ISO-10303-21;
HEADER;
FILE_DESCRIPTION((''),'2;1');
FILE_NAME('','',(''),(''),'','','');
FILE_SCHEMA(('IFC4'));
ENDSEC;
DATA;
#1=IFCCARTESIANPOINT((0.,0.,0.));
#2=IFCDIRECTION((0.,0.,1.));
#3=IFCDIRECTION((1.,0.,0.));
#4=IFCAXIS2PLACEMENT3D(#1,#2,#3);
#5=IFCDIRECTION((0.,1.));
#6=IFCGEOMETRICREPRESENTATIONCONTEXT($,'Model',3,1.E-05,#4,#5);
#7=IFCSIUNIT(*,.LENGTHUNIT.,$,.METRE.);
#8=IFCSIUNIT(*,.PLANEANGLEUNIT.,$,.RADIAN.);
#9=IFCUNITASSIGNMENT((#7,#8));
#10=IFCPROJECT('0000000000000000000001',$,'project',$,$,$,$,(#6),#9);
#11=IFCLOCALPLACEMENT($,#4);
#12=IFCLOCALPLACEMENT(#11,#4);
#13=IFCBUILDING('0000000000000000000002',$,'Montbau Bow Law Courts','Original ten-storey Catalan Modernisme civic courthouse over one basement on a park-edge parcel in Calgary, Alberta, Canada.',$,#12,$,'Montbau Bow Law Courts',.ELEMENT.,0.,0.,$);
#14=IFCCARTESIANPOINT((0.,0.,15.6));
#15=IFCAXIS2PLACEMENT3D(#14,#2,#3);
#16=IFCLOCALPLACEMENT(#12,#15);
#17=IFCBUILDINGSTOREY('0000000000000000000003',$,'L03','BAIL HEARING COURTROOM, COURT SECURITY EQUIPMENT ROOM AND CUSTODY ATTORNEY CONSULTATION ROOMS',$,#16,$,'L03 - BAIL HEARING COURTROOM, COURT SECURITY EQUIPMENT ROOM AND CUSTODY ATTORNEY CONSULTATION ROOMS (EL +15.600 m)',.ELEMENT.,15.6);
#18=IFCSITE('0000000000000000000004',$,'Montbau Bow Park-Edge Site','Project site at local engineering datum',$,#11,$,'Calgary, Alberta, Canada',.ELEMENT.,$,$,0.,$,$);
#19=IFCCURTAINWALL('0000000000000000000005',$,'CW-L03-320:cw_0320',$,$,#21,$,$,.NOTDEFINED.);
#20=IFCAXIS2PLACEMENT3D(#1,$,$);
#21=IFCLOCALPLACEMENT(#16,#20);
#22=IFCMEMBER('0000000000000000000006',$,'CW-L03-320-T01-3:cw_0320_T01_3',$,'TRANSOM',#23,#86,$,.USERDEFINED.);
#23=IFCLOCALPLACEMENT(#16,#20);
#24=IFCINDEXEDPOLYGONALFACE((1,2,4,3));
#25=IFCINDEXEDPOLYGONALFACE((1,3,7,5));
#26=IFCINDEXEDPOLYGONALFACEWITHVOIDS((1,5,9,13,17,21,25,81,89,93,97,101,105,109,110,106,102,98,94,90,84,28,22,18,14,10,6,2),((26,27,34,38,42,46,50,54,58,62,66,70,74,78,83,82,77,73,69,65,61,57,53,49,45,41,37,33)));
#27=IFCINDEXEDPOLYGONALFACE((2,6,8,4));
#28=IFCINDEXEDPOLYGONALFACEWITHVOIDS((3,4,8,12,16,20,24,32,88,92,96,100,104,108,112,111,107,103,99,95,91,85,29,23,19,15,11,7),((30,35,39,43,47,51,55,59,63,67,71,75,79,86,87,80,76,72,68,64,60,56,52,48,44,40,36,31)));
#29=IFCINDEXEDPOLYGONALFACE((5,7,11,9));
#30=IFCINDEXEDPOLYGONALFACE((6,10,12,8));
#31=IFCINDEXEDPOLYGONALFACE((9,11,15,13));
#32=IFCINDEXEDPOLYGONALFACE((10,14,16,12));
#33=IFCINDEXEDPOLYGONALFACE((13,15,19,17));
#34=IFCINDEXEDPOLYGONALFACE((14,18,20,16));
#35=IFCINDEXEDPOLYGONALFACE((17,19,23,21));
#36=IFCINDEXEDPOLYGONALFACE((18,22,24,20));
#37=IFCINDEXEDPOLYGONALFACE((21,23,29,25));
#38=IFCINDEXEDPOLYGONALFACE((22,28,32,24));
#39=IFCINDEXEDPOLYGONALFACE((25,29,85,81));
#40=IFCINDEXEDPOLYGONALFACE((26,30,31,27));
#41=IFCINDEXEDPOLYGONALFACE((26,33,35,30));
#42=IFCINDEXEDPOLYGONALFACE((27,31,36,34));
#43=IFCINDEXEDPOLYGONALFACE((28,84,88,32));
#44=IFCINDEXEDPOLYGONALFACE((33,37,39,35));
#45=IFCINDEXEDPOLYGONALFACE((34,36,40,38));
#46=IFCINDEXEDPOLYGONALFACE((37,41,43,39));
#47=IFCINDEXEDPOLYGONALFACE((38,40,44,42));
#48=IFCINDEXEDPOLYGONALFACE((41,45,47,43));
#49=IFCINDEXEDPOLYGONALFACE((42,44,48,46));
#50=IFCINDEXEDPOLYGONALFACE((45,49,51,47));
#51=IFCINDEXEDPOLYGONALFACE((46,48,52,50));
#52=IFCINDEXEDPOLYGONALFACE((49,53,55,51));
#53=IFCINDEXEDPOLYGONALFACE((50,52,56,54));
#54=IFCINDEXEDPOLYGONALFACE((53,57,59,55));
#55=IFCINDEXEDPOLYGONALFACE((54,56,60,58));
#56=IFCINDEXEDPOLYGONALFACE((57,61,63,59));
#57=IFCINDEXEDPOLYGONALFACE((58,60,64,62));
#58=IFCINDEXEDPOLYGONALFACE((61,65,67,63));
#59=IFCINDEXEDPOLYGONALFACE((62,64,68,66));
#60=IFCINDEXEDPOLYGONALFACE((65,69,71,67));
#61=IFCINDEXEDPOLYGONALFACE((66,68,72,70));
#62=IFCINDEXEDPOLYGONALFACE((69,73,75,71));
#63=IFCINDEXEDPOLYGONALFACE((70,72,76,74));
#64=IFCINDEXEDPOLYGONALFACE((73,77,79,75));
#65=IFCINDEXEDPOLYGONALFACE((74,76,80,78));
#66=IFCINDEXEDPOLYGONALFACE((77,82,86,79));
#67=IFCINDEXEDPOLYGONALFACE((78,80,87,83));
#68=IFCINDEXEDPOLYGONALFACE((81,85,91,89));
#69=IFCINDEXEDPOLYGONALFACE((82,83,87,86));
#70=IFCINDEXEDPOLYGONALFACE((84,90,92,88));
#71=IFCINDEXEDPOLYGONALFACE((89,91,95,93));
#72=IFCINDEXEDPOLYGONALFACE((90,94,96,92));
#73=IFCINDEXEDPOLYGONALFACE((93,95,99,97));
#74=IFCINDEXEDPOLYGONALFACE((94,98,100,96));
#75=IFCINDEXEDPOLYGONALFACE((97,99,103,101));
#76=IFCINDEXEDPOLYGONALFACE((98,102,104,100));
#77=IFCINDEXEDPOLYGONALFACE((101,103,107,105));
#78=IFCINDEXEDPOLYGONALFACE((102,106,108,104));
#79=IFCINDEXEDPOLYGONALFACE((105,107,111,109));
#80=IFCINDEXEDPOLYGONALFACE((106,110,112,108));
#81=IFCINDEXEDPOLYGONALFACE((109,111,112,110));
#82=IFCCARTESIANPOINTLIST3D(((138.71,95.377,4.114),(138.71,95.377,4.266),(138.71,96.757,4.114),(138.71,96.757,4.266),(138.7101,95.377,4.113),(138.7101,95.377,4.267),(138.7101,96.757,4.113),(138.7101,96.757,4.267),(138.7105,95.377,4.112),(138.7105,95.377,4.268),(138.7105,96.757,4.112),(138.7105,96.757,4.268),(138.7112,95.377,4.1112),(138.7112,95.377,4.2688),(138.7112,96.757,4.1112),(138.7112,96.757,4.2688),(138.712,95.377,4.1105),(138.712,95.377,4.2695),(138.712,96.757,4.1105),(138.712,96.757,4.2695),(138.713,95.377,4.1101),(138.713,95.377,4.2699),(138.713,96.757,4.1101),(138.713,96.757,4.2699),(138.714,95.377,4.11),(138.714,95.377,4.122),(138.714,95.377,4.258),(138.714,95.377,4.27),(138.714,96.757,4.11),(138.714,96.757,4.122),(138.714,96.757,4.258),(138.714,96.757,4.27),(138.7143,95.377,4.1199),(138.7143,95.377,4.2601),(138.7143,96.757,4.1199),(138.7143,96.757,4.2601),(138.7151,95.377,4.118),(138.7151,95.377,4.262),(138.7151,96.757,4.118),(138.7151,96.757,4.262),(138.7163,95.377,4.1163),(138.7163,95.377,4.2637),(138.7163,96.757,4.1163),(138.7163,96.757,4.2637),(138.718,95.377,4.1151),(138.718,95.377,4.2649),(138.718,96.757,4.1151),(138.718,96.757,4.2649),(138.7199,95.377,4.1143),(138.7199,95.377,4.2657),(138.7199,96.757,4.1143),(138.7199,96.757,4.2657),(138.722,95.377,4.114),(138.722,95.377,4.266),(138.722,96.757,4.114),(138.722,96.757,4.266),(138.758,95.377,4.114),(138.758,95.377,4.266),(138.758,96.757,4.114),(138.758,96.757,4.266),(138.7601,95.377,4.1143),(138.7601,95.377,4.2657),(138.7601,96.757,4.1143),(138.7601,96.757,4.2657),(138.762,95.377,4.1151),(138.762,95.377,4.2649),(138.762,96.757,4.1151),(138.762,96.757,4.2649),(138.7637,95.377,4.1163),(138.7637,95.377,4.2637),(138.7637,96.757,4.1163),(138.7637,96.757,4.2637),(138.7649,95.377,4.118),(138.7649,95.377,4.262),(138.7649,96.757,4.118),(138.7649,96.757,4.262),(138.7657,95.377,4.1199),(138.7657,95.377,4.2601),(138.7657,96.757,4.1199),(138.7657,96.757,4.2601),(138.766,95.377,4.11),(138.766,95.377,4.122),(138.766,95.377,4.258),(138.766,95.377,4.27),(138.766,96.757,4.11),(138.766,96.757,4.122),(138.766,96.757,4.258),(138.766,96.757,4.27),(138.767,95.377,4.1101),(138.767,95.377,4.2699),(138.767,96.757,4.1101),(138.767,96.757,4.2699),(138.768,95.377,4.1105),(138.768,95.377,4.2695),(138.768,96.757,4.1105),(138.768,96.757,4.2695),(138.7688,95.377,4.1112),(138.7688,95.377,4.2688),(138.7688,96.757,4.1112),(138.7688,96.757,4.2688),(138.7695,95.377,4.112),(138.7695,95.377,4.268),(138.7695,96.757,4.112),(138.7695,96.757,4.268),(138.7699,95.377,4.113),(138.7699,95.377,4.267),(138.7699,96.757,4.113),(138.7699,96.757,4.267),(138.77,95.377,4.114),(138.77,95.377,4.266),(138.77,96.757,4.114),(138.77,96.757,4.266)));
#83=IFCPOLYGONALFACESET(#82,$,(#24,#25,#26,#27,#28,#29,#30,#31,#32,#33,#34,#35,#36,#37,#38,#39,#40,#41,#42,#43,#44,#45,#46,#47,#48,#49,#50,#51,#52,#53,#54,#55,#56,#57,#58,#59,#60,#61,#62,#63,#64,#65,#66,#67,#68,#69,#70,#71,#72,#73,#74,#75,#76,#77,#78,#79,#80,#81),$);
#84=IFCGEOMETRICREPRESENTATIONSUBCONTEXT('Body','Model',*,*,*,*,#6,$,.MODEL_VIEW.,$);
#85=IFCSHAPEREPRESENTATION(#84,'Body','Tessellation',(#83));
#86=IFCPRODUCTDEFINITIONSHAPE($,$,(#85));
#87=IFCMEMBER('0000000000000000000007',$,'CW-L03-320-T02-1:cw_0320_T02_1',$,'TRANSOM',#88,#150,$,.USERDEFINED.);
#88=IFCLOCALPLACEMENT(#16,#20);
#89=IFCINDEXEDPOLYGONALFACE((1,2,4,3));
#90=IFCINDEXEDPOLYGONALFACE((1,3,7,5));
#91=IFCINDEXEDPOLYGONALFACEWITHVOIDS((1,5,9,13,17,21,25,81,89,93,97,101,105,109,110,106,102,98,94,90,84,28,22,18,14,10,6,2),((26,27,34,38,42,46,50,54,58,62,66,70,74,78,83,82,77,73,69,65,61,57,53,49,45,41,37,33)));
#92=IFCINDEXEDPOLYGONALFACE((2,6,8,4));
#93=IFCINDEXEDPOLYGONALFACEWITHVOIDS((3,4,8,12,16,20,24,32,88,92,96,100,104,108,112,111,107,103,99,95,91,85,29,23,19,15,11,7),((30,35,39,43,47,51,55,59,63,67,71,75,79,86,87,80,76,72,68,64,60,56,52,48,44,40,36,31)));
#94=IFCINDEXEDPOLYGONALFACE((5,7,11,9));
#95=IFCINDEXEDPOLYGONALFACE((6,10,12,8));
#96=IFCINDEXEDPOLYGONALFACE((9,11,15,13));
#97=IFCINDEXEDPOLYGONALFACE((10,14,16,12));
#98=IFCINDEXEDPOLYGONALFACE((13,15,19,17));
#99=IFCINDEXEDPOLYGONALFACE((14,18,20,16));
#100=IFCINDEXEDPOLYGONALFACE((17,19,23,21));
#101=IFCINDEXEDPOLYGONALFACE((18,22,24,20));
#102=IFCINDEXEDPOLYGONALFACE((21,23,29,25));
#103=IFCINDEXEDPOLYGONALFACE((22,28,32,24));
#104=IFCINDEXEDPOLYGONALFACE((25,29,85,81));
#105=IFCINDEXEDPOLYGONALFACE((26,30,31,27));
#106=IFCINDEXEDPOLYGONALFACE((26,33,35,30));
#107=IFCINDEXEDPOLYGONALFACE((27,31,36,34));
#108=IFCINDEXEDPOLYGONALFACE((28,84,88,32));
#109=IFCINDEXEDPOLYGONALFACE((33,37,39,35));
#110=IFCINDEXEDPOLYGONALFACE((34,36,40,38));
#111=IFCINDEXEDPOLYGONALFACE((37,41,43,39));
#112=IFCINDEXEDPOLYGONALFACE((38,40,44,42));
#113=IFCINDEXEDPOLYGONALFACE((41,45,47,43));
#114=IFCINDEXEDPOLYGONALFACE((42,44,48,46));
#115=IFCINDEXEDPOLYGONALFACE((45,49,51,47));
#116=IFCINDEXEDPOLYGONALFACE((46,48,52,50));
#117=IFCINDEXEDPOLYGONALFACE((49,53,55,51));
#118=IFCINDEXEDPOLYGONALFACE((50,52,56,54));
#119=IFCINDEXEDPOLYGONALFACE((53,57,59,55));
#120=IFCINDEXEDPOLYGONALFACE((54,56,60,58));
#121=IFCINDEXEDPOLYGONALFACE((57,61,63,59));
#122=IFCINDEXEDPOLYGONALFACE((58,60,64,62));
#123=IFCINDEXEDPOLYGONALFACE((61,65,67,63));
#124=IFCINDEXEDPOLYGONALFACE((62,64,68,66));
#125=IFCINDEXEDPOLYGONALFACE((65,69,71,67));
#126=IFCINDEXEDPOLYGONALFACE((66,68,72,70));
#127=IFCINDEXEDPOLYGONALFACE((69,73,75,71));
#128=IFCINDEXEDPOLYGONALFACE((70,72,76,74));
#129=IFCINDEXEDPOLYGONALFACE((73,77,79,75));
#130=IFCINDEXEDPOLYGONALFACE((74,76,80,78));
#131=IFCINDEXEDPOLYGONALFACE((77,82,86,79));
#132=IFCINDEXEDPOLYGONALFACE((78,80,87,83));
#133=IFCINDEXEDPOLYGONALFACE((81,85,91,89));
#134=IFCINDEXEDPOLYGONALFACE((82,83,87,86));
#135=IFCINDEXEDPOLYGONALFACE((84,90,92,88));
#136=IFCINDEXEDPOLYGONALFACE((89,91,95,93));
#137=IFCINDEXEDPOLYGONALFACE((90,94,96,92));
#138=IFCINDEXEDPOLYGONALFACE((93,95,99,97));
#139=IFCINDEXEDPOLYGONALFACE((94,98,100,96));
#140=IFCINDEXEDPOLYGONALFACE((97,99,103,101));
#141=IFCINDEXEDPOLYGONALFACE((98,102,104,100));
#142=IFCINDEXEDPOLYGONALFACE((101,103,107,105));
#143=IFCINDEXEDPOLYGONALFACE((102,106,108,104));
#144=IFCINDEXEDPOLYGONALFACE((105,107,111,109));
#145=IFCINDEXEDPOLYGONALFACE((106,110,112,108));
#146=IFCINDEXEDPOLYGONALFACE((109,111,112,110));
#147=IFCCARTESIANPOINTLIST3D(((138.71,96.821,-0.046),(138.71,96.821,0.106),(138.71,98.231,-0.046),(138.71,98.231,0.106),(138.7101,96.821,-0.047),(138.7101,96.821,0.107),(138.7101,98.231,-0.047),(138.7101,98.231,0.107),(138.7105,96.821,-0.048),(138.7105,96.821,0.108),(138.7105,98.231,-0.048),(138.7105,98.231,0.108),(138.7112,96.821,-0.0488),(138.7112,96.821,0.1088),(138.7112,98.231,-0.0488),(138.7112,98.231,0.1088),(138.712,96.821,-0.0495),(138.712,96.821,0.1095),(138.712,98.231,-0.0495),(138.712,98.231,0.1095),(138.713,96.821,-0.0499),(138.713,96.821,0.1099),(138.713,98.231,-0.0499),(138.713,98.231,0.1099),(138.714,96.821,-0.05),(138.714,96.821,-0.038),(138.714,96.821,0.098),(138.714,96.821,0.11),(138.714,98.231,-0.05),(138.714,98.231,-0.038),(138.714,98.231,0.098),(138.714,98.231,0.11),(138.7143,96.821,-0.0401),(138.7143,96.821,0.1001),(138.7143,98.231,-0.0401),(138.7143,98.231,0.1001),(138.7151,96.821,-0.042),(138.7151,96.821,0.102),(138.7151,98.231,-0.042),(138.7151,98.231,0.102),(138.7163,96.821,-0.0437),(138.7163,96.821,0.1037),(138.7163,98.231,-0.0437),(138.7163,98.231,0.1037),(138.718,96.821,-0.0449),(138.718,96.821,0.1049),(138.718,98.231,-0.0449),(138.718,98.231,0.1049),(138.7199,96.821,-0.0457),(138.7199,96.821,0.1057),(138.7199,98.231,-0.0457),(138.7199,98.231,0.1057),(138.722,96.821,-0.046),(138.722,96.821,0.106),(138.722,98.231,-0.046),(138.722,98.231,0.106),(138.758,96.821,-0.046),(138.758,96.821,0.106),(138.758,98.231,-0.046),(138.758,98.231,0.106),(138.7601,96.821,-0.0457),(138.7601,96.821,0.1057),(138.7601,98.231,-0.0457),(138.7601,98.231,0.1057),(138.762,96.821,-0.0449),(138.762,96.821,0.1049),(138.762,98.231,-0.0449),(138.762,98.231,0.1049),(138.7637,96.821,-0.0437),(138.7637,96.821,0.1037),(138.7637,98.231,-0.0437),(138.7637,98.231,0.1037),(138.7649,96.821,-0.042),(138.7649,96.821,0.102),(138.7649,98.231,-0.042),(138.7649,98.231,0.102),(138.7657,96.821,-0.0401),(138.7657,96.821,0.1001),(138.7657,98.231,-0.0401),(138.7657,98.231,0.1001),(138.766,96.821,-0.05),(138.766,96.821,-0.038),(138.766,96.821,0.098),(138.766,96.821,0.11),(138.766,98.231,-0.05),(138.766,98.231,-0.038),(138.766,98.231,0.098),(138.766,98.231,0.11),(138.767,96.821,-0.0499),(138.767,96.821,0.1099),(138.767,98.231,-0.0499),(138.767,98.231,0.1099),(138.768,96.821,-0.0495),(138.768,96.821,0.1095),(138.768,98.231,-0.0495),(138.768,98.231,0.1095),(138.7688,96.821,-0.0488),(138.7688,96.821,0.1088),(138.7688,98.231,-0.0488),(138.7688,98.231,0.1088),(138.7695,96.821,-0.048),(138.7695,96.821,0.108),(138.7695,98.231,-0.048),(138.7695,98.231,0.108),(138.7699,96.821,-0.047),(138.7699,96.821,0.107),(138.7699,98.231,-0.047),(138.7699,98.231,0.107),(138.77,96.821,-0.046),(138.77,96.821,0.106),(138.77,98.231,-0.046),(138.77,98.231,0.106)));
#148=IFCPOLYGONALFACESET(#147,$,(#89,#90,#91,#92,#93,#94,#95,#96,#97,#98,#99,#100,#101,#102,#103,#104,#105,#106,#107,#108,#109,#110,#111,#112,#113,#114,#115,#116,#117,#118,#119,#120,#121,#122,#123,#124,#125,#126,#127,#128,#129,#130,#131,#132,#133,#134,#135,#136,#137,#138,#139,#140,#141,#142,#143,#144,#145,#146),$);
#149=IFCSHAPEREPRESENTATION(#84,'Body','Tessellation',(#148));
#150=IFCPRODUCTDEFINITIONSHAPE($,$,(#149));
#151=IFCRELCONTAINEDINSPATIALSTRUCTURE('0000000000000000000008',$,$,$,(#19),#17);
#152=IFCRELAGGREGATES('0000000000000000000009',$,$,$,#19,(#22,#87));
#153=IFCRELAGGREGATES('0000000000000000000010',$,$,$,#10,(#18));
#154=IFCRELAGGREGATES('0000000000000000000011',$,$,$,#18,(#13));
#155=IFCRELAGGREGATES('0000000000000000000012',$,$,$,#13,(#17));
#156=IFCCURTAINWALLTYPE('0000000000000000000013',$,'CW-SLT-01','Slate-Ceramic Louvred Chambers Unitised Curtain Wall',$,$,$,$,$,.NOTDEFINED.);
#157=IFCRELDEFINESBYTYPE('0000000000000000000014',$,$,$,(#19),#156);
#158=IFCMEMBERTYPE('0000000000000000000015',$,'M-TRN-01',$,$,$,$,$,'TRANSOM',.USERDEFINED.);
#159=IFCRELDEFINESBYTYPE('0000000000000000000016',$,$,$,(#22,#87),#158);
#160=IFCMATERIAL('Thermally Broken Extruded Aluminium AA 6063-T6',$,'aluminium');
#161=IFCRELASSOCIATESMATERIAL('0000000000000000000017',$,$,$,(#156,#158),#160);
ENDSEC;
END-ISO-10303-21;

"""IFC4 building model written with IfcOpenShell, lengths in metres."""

from ifc_helpers import new_model, si_unit, direction, frame, origin_with_axes, origin_2d_with_axis, place, context, subcontext, project, spatial, hollow_rectangle, extrude, material, material_profile, profile_set, type_object, element, aggregate, save


model = new_model("IFC4")

# Units and contexts
model_context = context("Model", 3, precision=1e-05, world=origin_with_axes(), true_north=direction((0.0, 1.0)))
body_context = subcontext(model_context, "Body", "Model", "MODEL_VIEW")
ifc_project = project(units=[si_unit("LENGTHUNIT", "METRE"), si_unit("PLANEANGLEUNIT", "RADIAN")], contexts=[model_context])

# Site, building, storey
site_placement = place(None, origin_with_axes())
site = spatial("IfcSite", under=ifc_project, at=site_placement, Name="Montbau Bow Park-Edge Site", Description="Project site at local engineering datum", LongName="Calgary, Alberta, Canada", CompositionType="ELEMENT", RefElevation=0.0)
building_placement = place(site_placement, origin_with_axes())
building = spatial("IfcBuilding", under=site, at=building_placement, Name="Montbau Bow Law Courts", Description="Original ten-storey Catalan Modernisme civic courthouse over one basement on a park-edge parcel in Calgary, Alberta, Canada.", LongName="Montbau Bow Law Courts", CompositionType="ELEMENT", ElevationOfRefHeight=0.0, ElevationOfTerrain=0.0)
storey_placement = place(building_placement, frame((0.0, 0.0, 15.6), z_axis=(0.0, 0.0, 1.0), x_axis=(1.0, 0.0, 0.0)))
storey = spatial("IfcBuildingStorey", under=building, at=storey_placement, Name="L03", Description="BAIL HEARING COURTROOM, COURT SECURITY EQUIPMENT ROOM AND CUSTODY ATTORNEY CONSULTATION ROOMS", LongName="L03 - BAIL HEARING COURTROOM, COURT SECURITY EQUIPMENT ROOM AND CUSTODY ATTORNEY CONSULTATION ROOMS (EL +15.600 m)", CompositionType="ELEMENT", Elevation=15.6)

# Shared definitions
ifc_material_1 = material(Name="Thermally Broken Extruded Aluminium AA 6063-T6", Category="aluminium")
curtain_wall_type = type_object("IfcCurtainWallType", Name="CW-SLT-01", Description="Slate-Ceramic Louvred Chambers Unitised Curtain Wall", PredefinedType="NOTDEFINED", material=ifc_material_1)

# Curtain wall, members
curtain_wall_1_placement = place(None, frame((138.74, 95.315, 15.6), z_axis=(0.0, 0.0, 1.0), x_axis=(1.0, 0.0, 0.0)))
curtain_wall_1 = element("IfcCurtainWall", 1, at=curtain_wall_1_placement, inside=storey, type_object=curtain_wall_type, Name="CW-L03-320:cw_0320", PredefinedType="NOTDEFINED")
ifc_material_profile_1 = material_profile(ifc_material_1, hollow_rectangle(XDim=0.06, YDim=0.16, WallThickness=0.004, InnerFilletRadius=0.008, OuterFilletRadius=0.004, at=origin_2d_with_axis()), Name="CWT-160X60", Category="Main", Priority=0)
ifc_profile_set_1 = profile_set([ifc_material_profile_1], Name="Thermally Broken Extruded Aluminium AA 6063-T6")
member_type_1 = type_object("IfcMemberType", Name="M-TRN-01", ElementType="TRANSOM", PredefinedType="USERDEFINED", material=ifc_profile_set_1)
member_1_placement = place(None, frame((138.74, 95.377, 19.79), z_axis=(0.0, 1.0, 0.0), x_axis=(-1.0, 0.0, 0.0)))
member_1 = element("IfcMember", 2, at=member_1_placement, type_object=member_type_1, Name="CW-L03-320-T01-3:cw_0320_T01_3", ObjectType="TRANSOM", PredefinedType="USERDEFINED", context=body_context, shape_type="SweptSolid", body=[
    extrude(hollow_rectangle(XDim=0.06, YDim=0.16, WallThickness=0.004, InnerFilletRadius=0.008, OuterFilletRadius=0.004, at=origin_2d_with_axis()), origin_with_axes(), (0.0, 0.0, 1.0), 1.38),
])
member_2_placement = place(None, frame((138.74, 96.821, 15.63), z_axis=(0.0, 1.0, 0.0), x_axis=(-1.0, 0.0, 0.0)))
member_2 = element("IfcMember", 3, at=member_2_placement, type_object=member_type_1, Name="CW-L03-320-T02-1:cw_0320_T02_1", ObjectType="TRANSOM", PredefinedType="USERDEFINED", context=body_context, shape_type="SweptSolid", body=[
    extrude(hollow_rectangle(XDim=0.06, YDim=0.16, WallThickness=0.004, InnerFilletRadius=0.008, OuterFilletRadius=0.004, at=origin_2d_with_axis()), origin_with_axes(), (0.0, 0.0, 1.0), 1.41),
])
aggregate(curtain_wall_1, [member_1, member_2])

save(model, "model.ifc")
